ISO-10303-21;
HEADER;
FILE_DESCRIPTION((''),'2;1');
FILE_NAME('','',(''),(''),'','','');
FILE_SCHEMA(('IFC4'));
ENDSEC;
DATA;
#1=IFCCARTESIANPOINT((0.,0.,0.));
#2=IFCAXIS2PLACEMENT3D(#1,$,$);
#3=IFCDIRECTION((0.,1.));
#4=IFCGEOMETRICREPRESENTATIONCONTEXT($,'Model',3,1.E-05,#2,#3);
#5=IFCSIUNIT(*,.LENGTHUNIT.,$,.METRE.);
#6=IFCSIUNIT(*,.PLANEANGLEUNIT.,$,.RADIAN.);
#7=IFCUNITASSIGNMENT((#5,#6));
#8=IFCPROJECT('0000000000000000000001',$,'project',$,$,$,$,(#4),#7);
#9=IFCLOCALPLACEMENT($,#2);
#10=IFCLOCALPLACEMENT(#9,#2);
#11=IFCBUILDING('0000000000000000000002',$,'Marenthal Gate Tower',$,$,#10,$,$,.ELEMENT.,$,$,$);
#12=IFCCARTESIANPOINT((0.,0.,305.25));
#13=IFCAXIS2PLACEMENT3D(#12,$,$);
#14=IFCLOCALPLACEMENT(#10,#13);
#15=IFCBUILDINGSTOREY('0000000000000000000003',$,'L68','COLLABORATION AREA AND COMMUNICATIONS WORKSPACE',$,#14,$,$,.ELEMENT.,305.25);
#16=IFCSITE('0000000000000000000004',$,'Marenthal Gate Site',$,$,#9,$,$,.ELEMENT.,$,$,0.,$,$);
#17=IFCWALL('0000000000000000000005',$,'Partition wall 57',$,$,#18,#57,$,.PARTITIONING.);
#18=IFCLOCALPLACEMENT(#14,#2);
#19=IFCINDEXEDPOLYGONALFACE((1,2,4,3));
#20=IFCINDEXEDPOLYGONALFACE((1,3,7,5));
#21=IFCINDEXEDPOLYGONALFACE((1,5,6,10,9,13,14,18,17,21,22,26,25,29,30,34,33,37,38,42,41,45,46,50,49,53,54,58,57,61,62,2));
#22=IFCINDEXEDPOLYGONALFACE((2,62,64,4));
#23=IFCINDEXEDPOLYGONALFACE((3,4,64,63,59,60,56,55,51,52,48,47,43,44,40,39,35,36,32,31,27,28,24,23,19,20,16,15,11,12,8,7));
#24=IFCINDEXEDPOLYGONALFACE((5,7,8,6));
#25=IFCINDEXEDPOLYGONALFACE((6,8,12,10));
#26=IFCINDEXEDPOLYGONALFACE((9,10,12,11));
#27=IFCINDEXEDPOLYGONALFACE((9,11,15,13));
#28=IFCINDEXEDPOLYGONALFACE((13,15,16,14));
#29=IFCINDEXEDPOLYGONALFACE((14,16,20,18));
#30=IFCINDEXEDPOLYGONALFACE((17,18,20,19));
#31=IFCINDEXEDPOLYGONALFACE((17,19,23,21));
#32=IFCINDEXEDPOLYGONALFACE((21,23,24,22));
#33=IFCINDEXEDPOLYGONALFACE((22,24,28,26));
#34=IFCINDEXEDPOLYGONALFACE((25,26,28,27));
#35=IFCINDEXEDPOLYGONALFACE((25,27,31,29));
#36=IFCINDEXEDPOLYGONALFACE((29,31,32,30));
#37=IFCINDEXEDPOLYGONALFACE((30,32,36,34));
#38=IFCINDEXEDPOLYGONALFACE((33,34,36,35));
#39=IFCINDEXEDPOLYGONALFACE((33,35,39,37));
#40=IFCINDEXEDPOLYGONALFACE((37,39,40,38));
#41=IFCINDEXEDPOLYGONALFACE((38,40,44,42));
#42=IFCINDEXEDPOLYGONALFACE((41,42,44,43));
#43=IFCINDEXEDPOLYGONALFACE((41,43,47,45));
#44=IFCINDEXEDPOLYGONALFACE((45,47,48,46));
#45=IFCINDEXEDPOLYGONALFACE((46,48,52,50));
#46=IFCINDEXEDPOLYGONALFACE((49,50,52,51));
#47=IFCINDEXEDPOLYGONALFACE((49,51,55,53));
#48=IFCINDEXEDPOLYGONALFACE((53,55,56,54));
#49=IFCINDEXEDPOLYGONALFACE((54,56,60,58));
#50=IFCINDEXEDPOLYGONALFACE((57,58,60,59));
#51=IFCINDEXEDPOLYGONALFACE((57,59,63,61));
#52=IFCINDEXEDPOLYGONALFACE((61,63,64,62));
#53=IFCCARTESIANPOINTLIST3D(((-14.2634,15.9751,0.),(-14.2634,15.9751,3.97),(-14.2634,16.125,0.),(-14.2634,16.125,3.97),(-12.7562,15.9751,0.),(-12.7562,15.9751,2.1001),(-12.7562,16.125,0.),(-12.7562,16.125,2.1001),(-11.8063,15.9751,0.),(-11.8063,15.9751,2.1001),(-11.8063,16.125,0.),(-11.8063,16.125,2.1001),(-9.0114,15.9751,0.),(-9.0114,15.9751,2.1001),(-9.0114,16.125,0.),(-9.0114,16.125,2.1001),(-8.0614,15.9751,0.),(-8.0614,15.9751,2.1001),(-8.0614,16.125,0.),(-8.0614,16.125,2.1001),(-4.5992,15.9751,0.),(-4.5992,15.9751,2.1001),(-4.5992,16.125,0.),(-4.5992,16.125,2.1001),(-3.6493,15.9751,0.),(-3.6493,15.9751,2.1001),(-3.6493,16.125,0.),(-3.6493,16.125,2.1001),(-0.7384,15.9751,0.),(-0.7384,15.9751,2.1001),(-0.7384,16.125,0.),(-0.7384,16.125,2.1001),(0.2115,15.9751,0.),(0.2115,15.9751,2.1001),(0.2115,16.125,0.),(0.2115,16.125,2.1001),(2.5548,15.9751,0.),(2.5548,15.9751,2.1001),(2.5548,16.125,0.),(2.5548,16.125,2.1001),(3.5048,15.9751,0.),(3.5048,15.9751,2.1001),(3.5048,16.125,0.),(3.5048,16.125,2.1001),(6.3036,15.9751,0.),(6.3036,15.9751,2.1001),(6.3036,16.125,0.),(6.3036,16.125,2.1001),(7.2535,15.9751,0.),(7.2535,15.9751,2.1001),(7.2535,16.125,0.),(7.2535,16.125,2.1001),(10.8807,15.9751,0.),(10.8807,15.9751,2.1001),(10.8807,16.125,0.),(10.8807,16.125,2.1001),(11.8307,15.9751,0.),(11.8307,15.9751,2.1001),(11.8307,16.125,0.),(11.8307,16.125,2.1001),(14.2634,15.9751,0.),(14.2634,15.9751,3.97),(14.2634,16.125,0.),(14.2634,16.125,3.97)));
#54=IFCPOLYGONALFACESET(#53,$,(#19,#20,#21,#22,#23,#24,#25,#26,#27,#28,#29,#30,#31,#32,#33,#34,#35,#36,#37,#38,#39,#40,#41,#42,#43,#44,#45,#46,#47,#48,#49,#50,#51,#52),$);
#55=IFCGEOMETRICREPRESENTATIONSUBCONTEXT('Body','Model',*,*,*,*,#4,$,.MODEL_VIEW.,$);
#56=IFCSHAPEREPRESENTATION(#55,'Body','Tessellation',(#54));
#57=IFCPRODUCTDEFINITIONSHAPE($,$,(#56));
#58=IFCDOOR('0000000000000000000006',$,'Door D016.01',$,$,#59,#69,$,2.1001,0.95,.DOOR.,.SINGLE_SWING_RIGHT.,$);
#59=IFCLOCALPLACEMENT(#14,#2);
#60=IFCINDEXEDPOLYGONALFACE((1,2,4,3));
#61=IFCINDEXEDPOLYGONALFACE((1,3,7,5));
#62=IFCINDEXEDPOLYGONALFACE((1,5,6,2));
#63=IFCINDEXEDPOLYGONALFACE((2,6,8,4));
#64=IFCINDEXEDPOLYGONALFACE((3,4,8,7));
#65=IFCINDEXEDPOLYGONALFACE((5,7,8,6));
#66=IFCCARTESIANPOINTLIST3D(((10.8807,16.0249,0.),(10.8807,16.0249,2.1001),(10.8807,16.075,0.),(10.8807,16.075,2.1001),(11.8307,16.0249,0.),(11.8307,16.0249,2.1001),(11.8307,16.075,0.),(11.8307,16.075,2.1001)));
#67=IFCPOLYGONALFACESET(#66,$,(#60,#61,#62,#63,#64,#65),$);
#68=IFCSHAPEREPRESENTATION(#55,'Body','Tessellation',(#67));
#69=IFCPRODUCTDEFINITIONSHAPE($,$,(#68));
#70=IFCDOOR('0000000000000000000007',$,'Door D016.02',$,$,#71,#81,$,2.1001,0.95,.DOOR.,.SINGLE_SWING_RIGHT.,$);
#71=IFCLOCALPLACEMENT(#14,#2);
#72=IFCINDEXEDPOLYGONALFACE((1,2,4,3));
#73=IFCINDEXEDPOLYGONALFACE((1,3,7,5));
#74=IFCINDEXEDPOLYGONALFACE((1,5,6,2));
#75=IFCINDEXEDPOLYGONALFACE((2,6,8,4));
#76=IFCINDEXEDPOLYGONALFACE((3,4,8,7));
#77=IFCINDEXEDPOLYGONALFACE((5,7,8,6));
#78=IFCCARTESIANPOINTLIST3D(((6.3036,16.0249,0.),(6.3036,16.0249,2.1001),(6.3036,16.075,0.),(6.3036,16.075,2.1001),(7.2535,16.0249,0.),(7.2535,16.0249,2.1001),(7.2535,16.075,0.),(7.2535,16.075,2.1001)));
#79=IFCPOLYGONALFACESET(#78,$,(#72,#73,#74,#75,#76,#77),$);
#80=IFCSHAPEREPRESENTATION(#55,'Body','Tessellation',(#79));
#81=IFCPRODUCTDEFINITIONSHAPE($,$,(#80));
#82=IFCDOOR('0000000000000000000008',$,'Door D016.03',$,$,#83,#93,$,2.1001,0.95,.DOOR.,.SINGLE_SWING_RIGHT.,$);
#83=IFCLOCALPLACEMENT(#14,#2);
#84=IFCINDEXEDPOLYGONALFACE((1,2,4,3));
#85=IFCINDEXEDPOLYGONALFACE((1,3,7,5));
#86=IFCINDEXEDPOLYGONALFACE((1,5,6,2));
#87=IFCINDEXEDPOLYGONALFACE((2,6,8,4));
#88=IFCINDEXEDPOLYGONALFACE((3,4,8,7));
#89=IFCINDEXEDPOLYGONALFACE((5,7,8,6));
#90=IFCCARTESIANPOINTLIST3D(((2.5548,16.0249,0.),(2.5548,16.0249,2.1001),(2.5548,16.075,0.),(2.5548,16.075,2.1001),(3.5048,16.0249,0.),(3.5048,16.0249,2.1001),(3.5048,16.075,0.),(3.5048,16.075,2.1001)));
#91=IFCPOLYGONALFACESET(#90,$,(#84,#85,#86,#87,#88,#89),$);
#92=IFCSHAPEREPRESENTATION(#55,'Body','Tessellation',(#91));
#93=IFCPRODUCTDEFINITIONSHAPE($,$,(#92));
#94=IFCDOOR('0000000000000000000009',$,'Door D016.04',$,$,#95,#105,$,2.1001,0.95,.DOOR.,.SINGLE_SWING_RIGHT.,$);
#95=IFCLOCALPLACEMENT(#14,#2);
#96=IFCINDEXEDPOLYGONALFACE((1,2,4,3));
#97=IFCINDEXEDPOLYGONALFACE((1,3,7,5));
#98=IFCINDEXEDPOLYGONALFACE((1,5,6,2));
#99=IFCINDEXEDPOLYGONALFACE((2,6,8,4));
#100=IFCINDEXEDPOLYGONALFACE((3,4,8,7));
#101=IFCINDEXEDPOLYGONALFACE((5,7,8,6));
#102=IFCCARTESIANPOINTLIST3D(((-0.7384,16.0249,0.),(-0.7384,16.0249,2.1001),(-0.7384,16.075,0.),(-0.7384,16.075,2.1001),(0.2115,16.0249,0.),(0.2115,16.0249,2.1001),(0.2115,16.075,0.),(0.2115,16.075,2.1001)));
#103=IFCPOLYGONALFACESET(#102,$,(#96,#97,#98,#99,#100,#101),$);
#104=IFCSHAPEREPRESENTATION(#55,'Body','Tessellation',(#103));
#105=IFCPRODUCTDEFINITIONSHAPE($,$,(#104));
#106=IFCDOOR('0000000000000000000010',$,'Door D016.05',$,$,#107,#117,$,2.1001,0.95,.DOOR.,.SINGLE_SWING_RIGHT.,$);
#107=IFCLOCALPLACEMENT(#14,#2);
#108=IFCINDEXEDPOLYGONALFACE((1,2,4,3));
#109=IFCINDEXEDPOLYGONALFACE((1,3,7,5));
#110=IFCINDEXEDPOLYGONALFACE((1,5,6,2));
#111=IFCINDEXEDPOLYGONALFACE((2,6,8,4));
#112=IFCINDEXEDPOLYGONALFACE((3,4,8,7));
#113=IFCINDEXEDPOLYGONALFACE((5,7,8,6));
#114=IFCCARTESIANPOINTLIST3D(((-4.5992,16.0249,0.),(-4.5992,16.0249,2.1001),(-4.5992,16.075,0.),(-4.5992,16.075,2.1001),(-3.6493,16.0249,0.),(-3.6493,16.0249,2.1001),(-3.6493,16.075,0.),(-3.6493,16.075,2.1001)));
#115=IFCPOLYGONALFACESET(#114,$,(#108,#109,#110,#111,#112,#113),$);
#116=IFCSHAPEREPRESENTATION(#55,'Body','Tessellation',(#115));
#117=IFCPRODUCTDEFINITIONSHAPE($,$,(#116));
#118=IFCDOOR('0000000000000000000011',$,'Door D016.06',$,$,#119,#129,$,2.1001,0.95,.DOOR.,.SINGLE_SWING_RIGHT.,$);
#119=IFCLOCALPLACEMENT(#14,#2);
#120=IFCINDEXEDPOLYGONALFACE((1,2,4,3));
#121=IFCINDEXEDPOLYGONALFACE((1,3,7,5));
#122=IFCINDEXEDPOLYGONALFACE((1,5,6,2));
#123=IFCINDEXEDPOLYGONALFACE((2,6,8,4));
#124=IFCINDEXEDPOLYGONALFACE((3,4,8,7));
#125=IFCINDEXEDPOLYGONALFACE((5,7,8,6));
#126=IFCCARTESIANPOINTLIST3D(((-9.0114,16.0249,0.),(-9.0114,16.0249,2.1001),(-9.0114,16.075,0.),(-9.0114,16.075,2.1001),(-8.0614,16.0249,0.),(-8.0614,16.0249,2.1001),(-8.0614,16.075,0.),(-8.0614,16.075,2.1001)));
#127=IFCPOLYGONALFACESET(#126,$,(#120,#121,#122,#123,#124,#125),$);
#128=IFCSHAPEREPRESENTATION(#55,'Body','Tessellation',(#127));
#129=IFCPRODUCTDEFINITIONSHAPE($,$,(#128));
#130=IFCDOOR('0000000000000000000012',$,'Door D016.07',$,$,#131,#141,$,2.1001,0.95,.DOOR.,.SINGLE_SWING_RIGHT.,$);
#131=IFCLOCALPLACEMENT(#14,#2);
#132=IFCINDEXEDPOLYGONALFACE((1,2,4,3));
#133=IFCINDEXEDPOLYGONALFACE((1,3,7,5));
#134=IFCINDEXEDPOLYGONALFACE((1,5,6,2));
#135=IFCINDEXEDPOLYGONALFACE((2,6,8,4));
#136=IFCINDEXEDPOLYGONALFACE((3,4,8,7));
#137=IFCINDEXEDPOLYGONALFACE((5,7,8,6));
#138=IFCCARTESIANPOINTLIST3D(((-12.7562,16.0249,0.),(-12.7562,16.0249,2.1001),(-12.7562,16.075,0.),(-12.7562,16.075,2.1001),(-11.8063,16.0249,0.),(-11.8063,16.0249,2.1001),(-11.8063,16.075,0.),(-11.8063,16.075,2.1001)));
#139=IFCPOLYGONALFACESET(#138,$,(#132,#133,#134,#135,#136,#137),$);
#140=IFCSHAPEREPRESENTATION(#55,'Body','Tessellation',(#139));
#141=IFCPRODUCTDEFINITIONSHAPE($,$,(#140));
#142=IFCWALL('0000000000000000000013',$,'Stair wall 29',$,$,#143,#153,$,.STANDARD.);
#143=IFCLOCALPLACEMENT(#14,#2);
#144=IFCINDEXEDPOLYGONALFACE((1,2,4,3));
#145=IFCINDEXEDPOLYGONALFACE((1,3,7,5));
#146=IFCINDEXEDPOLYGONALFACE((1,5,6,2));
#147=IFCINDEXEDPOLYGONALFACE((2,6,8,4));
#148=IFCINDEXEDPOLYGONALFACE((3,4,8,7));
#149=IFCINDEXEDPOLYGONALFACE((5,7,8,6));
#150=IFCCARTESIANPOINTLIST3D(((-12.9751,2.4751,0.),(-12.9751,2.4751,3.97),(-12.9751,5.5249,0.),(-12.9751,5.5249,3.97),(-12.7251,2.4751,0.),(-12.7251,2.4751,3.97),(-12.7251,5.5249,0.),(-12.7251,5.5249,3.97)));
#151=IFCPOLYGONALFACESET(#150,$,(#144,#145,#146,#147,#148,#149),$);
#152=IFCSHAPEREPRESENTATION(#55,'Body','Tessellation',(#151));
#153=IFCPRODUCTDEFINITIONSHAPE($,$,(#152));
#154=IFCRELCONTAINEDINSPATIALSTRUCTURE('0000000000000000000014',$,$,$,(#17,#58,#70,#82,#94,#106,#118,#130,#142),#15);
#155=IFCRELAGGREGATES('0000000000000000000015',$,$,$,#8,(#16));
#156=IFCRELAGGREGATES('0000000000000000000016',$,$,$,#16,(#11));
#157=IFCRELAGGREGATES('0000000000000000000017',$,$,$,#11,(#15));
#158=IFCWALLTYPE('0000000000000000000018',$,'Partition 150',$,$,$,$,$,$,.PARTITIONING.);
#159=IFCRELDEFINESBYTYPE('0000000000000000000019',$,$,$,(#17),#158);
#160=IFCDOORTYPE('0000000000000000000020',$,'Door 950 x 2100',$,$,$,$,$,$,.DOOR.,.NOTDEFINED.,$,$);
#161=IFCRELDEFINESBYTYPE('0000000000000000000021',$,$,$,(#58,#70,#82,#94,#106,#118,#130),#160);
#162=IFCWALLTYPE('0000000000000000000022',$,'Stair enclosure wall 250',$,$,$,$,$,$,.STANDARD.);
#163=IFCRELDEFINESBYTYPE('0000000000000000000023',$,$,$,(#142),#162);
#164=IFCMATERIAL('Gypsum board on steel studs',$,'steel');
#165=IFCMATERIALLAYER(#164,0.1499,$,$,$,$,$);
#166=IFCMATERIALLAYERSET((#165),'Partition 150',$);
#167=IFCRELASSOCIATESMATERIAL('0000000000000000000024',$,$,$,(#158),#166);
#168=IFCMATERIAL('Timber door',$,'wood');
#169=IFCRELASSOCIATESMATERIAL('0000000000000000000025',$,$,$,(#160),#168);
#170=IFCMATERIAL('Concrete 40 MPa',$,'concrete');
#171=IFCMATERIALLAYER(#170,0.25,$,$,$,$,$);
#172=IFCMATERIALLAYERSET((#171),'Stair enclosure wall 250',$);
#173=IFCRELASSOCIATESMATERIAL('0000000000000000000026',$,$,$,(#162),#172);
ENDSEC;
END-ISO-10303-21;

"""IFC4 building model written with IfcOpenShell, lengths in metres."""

from ifc_helpers import new_model, si_unit, direction, frame, frame_2d, origin, place, context, subcontext, project, spatial, rectangle, extrude, material, layer, layer_set, type_object, element, fill, save


model = new_model("IFC4")

# Units and contexts
model_context = context("Model", 3, precision=1e-05, world=origin(), true_north=direction((0.0, 1.0)))
body_context = subcontext(model_context, "Body", "Model", "MODEL_VIEW")
ifc_project = project(units=[si_unit("LENGTHUNIT", "METRE"), si_unit("PLANEANGLEUNIT", "RADIAN")], contexts=[model_context])

# Site, building, storey
site_placement = place(None, origin())
site = spatial("IfcSite", under=ifc_project, at=site_placement, Name="Marenthal Gate Site", CompositionType="ELEMENT", RefElevation=0.0)
building_placement = place(site_placement, origin())
building = spatial("IfcBuilding", under=site, at=building_placement, Name="Marenthal Gate Tower", CompositionType="ELEMENT")
storey_placement = place(building_placement, frame((0.0, 0.0, 305.25)))
storey = spatial("IfcBuildingStorey", under=building, at=storey_placement, Name="L68", Description="COLLABORATION AREA AND COMMUNICATIONS WORKSPACE", CompositionType="ELEMENT", Elevation=305.25)

# Shared definitions
ifc_material_1 = material(Name="Gypsum board on steel studs", Category="steel")
ifc_layer_1 = layer(ifc_material_1, 0.1499)
ifc_layer_set_1 = layer_set([ifc_layer_1], Name="Partition 150")
wall_type_1 = type_object("IfcWallType", Name="Partition 150", PredefinedType="PARTITIONING", material=ifc_layer_set_1)

# Wall, openings, doors
wall_1_placement = place(storey_placement, frame((-14.2634, 16.05, 0.0), z_axis=(0.0, 0.0, 1.0), x_axis=(1.0, 0.0, 0.0)))
wall_1 = element("IfcWall", 1, at=wall_1_placement, inside=storey, type_object=wall_type_1, Name="Partition wall 57", PredefinedType="PARTITIONING", context=body_context, shape_type="SweptSolid", body=[
    extrude(rectangle(XDim=28.5269, YDim=0.1499, at=frame_2d((14.2634, 0.0))), origin(), (0.0, 0.0, 1.0), 3.97),
])
opening_1_placement = place(wall_1_placement, frame((25.144, 0.0, 0.0)))
opening_1 = element("IfcOpeningElement", 2, at=opening_1_placement, cuts=wall_1, PredefinedType="OPENING", context=body_context, shape_type="SweptSolid", body=[
    extrude(rectangle(XDim=0.95, YDim=2.1001, at=frame_2d((0.4751, 1.05))), frame((0.0, 0.085, 0.0), z_axis=(0.0, -1.0, 0.0), x_axis=(1.0, 0.0, 0.0)), (0.0, 0.0, 1.0), 0.1699),
])
opening_2_placement = place(wall_1_placement, frame((20.5669, 0.0, 0.0)))
opening_2 = element("IfcOpeningElement", 3, at=opening_2_placement, cuts=wall_1, PredefinedType="OPENING", context=body_context, shape_type="SweptSolid", body=[
    extrude(rectangle(XDim=0.95, YDim=2.1001, at=frame_2d((0.4751, 1.05))), frame((0.0, 0.085, 0.0), z_axis=(0.0, -1.0, 0.0), x_axis=(1.0, 0.0, 0.0)), (0.0, 0.0, 1.0), 0.1699),
])
opening_3_placement = place(wall_1_placement, frame((16.8181, 0.0, 0.0)))
opening_3 = element("IfcOpeningElement", 4, at=opening_3_placement, cuts=wall_1, PredefinedType="OPENING", context=body_context, shape_type="SweptSolid", body=[
    extrude(rectangle(XDim=0.95, YDim=2.1001, at=frame_2d((0.4751, 1.05))), frame((0.0, 0.085, 0.0), z_axis=(0.0, -1.0, 0.0), x_axis=(1.0, 0.0, 0.0)), (0.0, 0.0, 1.0), 0.1699),
])
opening_4_placement = place(wall_1_placement, frame((13.5249, 0.0, 0.0)))
opening_4 = element("IfcOpeningElement", 5, at=opening_4_placement, cuts=wall_1, PredefinedType="OPENING", context=body_context, shape_type="SweptSolid", body=[
    extrude(rectangle(XDim=0.95, YDim=2.1001, at=frame_2d((0.4751, 1.05))), frame((0.0, 0.085, 0.0), z_axis=(0.0, -1.0, 0.0), x_axis=(1.0, 0.0, 0.0)), (0.0, 0.0, 1.0), 0.1699),
])
opening_5_placement = place(wall_1_placement, frame((9.6641, 0.0, 0.0)))
opening_5 = element("IfcOpeningElement", 6, at=opening_5_placement, cuts=wall_1, PredefinedType="OPENING", context=body_context, shape_type="SweptSolid", body=[
    extrude(rectangle(XDim=0.95, YDim=2.1001, at=frame_2d((0.4751, 1.05))), frame((0.0, 0.085, 0.0), z_axis=(0.0, -1.0, 0.0), x_axis=(1.0, 0.0, 0.0)), (0.0, 0.0, 1.0), 0.1699),
])
opening_6_placement = place(wall_1_placement, frame((5.252, 0.0, 0.0)))
opening_6 = element("IfcOpeningElement", 7, at=opening_6_placement, cuts=wall_1, PredefinedType="OPENING", context=body_context, shape_type="SweptSolid", body=[
    extrude(rectangle(XDim=0.95, YDim=2.1001, at=frame_2d((0.4751, 1.05))), frame((0.0, 0.085, 0.0), z_axis=(0.0, -1.0, 0.0), x_axis=(1.0, 0.0, 0.0)), (0.0, 0.0, 1.0), 0.1699),
])
opening_7_placement = place(wall_1_placement, frame((1.5071, 0.0, 0.0)))
opening_7 = element("IfcOpeningElement", 8, at=opening_7_placement, cuts=wall_1, PredefinedType="OPENING", context=body_context, shape_type="SweptSolid", body=[
    extrude(rectangle(XDim=0.95, YDim=2.1001, at=frame_2d((0.4751, 1.05))), frame((0.0, 0.085, 0.0), z_axis=(0.0, -1.0, 0.0), x_axis=(1.0, 0.0, 0.0)), (0.0, 0.0, 1.0), 0.1699),
])
ifc_material_2 = material(Name="Timber door", Category="wood")
door_type_1 = type_object("IfcDoorType", Name="Door 950 x 2100", OperationType="NOTDEFINED", PredefinedType="DOOR", material=ifc_material_2)
door_1_placement = place(opening_1_placement, origin())
door_1 = element("IfcDoor", 9, at=door_1_placement, inside=storey, type_object=door_type_1, Name="Door D016.01", OperationType="SINGLE_SWING_RIGHT", OverallHeight=2.1001, OverallWidth=0.95, PredefinedType="DOOR", context=body_context, shape_type="SweptSolid", body=[
    extrude(rectangle(XDim=0.95, YDim=2.1001, at=frame_2d((0.4751, 1.05))), frame((0.0, 0.0249, 0.0), z_axis=(0.0, -1.0, 0.0), x_axis=(1.0, 0.0, 0.0)), (0.0, 0.0, 1.0), 0.05),
])
fill(opening_1, door_1)
door_2_placement = place(opening_2_placement, origin())
door_2 = element("IfcDoor", 10, at=door_2_placement, inside=storey, type_object=door_type_1, Name="Door D016.02", OperationType="SINGLE_SWING_RIGHT", OverallHeight=2.1001, OverallWidth=0.95, PredefinedType="DOOR", context=body_context, shape_type="SweptSolid", body=[
    extrude(rectangle(XDim=0.95, YDim=2.1001, at=frame_2d((0.4751, 1.05))), frame((0.0, 0.0249, 0.0), z_axis=(0.0, -1.0, 0.0), x_axis=(1.0, 0.0, 0.0)), (0.0, 0.0, 1.0), 0.05),
])
fill(opening_2, door_2)
door_3_placement = place(opening_3_placement, origin())
door_3 = element("IfcDoor", 11, at=door_3_placement, inside=storey, type_object=door_type_1, Name="Door D016.03", OperationType="SINGLE_SWING_RIGHT", OverallHeight=2.1001, OverallWidth=0.95, PredefinedType="DOOR", context=body_context, shape_type="SweptSolid", body=[
    extrude(rectangle(XDim=0.95, YDim=2.1001, at=frame_2d((0.4751, 1.05))), frame((0.0, 0.0249, 0.0), z_axis=(0.0, -1.0, 0.0), x_axis=(1.0, 0.0, 0.0)), (0.0, 0.0, 1.0), 0.05),
])
fill(opening_3, door_3)
door_4_placement = place(opening_4_placement, origin())
door_4 = element("IfcDoor", 12, at=door_4_placement, inside=storey, type_object=door_type_1, Name="Door D016.04", OperationType="SINGLE_SWING_RIGHT", OverallHeight=2.1001, OverallWidth=0.95, PredefinedType="DOOR", context=body_context, shape_type="SweptSolid", body=[
    extrude(rectangle(XDim=0.95, YDim=2.1001, at=frame_2d((0.4751, 1.05))), frame((0.0, 0.0249, 0.0), z_axis=(0.0, -1.0, 0.0), x_axis=(1.0, 0.0, 0.0)), (0.0, 0.0, 1.0), 0.05),
])
fill(opening_4, door_4)
door_5_placement = place(opening_5_placement, origin())
door_5 = element("IfcDoor", 13, at=door_5_placement, inside=storey, type_object=door_type_1, Name="Door D016.05", OperationType="SINGLE_SWING_RIGHT", OverallHeight=2.1001, OverallWidth=0.95, PredefinedType="DOOR", context=body_context, shape_type="SweptSolid", body=[
    extrude(rectangle(XDim=0.95, YDim=2.1001, at=frame_2d((0.4751, 1.05))), frame((0.0, 0.0249, 0.0), z_axis=(0.0, -1.0, 0.0), x_axis=(1.0, 0.0, 0.0)), (0.0, 0.0, 1.0), 0.05),
])
fill(opening_5, door_5)
door_6_placement = place(opening_6_placement, origin())
door_6 = element("IfcDoor", 14, at=door_6_placement, inside=storey, type_object=door_type_1, Name="Door D016.06", OperationType="SINGLE_SWING_RIGHT", OverallHeight=2.1001, OverallWidth=0.95, PredefinedType="DOOR", context=body_context, shape_type="SweptSolid", body=[
    extrude(rectangle(XDim=0.95, YDim=2.1001, at=frame_2d((0.4751, 1.05))), frame((0.0, 0.0249, 0.0), z_axis=(0.0, -1.0, 0.0), x_axis=(1.0, 0.0, 0.0)), (0.0, 0.0, 1.0), 0.05),
])
fill(opening_6, door_6)
door_7_placement = place(opening_7_placement, origin())
door_7 = element("IfcDoor", 15, at=door_7_placement, inside=storey, type_object=door_type_1, Name="Door D016.07", OperationType="SINGLE_SWING_RIGHT", OverallHeight=2.1001, OverallWidth=0.95, PredefinedType="DOOR", context=body_context, shape_type="SweptSolid", body=[
    extrude(rectangle(XDim=0.95, YDim=2.1001, at=frame_2d((0.4751, 1.05))), frame((0.0, 0.0249, 0.0), z_axis=(0.0, -1.0, 0.0), x_axis=(1.0, 0.0, 0.0)), (0.0, 0.0, 1.0), 0.05),
])
fill(opening_7, door_7)

# Wall
ifc_material_3 = material(Name="Concrete 40 MPa", Category="concrete")
ifc_layer_2 = layer(ifc_material_3, 0.25)
ifc_layer_set_2 = layer_set([ifc_layer_2], Name="Stair enclosure wall 250")
wall_type_2 = type_object("IfcWallType", Name="Stair enclosure wall 250", PredefinedType="STANDARD", material=ifc_layer_set_2)
wall_2_placement = place(storey_placement, frame((-12.8501, 2.4751, 0.0), z_axis=(0.0, 0.0, 1.0), x_axis=(0.0, 1.0, 0.0)))
element("IfcWall", 16, at=wall_2_placement, inside=storey, type_object=wall_type_2, Name="Stair wall 29", PredefinedType="STANDARD", context=body_context, shape_type="SweptSolid", body=[
    extrude(rectangle(XDim=3.0498, YDim=0.25, at=frame_2d((1.5249, 0.0))), origin(), (0.0, 0.0, 1.0), 3.97),
])

save(model, "model.ifc")
